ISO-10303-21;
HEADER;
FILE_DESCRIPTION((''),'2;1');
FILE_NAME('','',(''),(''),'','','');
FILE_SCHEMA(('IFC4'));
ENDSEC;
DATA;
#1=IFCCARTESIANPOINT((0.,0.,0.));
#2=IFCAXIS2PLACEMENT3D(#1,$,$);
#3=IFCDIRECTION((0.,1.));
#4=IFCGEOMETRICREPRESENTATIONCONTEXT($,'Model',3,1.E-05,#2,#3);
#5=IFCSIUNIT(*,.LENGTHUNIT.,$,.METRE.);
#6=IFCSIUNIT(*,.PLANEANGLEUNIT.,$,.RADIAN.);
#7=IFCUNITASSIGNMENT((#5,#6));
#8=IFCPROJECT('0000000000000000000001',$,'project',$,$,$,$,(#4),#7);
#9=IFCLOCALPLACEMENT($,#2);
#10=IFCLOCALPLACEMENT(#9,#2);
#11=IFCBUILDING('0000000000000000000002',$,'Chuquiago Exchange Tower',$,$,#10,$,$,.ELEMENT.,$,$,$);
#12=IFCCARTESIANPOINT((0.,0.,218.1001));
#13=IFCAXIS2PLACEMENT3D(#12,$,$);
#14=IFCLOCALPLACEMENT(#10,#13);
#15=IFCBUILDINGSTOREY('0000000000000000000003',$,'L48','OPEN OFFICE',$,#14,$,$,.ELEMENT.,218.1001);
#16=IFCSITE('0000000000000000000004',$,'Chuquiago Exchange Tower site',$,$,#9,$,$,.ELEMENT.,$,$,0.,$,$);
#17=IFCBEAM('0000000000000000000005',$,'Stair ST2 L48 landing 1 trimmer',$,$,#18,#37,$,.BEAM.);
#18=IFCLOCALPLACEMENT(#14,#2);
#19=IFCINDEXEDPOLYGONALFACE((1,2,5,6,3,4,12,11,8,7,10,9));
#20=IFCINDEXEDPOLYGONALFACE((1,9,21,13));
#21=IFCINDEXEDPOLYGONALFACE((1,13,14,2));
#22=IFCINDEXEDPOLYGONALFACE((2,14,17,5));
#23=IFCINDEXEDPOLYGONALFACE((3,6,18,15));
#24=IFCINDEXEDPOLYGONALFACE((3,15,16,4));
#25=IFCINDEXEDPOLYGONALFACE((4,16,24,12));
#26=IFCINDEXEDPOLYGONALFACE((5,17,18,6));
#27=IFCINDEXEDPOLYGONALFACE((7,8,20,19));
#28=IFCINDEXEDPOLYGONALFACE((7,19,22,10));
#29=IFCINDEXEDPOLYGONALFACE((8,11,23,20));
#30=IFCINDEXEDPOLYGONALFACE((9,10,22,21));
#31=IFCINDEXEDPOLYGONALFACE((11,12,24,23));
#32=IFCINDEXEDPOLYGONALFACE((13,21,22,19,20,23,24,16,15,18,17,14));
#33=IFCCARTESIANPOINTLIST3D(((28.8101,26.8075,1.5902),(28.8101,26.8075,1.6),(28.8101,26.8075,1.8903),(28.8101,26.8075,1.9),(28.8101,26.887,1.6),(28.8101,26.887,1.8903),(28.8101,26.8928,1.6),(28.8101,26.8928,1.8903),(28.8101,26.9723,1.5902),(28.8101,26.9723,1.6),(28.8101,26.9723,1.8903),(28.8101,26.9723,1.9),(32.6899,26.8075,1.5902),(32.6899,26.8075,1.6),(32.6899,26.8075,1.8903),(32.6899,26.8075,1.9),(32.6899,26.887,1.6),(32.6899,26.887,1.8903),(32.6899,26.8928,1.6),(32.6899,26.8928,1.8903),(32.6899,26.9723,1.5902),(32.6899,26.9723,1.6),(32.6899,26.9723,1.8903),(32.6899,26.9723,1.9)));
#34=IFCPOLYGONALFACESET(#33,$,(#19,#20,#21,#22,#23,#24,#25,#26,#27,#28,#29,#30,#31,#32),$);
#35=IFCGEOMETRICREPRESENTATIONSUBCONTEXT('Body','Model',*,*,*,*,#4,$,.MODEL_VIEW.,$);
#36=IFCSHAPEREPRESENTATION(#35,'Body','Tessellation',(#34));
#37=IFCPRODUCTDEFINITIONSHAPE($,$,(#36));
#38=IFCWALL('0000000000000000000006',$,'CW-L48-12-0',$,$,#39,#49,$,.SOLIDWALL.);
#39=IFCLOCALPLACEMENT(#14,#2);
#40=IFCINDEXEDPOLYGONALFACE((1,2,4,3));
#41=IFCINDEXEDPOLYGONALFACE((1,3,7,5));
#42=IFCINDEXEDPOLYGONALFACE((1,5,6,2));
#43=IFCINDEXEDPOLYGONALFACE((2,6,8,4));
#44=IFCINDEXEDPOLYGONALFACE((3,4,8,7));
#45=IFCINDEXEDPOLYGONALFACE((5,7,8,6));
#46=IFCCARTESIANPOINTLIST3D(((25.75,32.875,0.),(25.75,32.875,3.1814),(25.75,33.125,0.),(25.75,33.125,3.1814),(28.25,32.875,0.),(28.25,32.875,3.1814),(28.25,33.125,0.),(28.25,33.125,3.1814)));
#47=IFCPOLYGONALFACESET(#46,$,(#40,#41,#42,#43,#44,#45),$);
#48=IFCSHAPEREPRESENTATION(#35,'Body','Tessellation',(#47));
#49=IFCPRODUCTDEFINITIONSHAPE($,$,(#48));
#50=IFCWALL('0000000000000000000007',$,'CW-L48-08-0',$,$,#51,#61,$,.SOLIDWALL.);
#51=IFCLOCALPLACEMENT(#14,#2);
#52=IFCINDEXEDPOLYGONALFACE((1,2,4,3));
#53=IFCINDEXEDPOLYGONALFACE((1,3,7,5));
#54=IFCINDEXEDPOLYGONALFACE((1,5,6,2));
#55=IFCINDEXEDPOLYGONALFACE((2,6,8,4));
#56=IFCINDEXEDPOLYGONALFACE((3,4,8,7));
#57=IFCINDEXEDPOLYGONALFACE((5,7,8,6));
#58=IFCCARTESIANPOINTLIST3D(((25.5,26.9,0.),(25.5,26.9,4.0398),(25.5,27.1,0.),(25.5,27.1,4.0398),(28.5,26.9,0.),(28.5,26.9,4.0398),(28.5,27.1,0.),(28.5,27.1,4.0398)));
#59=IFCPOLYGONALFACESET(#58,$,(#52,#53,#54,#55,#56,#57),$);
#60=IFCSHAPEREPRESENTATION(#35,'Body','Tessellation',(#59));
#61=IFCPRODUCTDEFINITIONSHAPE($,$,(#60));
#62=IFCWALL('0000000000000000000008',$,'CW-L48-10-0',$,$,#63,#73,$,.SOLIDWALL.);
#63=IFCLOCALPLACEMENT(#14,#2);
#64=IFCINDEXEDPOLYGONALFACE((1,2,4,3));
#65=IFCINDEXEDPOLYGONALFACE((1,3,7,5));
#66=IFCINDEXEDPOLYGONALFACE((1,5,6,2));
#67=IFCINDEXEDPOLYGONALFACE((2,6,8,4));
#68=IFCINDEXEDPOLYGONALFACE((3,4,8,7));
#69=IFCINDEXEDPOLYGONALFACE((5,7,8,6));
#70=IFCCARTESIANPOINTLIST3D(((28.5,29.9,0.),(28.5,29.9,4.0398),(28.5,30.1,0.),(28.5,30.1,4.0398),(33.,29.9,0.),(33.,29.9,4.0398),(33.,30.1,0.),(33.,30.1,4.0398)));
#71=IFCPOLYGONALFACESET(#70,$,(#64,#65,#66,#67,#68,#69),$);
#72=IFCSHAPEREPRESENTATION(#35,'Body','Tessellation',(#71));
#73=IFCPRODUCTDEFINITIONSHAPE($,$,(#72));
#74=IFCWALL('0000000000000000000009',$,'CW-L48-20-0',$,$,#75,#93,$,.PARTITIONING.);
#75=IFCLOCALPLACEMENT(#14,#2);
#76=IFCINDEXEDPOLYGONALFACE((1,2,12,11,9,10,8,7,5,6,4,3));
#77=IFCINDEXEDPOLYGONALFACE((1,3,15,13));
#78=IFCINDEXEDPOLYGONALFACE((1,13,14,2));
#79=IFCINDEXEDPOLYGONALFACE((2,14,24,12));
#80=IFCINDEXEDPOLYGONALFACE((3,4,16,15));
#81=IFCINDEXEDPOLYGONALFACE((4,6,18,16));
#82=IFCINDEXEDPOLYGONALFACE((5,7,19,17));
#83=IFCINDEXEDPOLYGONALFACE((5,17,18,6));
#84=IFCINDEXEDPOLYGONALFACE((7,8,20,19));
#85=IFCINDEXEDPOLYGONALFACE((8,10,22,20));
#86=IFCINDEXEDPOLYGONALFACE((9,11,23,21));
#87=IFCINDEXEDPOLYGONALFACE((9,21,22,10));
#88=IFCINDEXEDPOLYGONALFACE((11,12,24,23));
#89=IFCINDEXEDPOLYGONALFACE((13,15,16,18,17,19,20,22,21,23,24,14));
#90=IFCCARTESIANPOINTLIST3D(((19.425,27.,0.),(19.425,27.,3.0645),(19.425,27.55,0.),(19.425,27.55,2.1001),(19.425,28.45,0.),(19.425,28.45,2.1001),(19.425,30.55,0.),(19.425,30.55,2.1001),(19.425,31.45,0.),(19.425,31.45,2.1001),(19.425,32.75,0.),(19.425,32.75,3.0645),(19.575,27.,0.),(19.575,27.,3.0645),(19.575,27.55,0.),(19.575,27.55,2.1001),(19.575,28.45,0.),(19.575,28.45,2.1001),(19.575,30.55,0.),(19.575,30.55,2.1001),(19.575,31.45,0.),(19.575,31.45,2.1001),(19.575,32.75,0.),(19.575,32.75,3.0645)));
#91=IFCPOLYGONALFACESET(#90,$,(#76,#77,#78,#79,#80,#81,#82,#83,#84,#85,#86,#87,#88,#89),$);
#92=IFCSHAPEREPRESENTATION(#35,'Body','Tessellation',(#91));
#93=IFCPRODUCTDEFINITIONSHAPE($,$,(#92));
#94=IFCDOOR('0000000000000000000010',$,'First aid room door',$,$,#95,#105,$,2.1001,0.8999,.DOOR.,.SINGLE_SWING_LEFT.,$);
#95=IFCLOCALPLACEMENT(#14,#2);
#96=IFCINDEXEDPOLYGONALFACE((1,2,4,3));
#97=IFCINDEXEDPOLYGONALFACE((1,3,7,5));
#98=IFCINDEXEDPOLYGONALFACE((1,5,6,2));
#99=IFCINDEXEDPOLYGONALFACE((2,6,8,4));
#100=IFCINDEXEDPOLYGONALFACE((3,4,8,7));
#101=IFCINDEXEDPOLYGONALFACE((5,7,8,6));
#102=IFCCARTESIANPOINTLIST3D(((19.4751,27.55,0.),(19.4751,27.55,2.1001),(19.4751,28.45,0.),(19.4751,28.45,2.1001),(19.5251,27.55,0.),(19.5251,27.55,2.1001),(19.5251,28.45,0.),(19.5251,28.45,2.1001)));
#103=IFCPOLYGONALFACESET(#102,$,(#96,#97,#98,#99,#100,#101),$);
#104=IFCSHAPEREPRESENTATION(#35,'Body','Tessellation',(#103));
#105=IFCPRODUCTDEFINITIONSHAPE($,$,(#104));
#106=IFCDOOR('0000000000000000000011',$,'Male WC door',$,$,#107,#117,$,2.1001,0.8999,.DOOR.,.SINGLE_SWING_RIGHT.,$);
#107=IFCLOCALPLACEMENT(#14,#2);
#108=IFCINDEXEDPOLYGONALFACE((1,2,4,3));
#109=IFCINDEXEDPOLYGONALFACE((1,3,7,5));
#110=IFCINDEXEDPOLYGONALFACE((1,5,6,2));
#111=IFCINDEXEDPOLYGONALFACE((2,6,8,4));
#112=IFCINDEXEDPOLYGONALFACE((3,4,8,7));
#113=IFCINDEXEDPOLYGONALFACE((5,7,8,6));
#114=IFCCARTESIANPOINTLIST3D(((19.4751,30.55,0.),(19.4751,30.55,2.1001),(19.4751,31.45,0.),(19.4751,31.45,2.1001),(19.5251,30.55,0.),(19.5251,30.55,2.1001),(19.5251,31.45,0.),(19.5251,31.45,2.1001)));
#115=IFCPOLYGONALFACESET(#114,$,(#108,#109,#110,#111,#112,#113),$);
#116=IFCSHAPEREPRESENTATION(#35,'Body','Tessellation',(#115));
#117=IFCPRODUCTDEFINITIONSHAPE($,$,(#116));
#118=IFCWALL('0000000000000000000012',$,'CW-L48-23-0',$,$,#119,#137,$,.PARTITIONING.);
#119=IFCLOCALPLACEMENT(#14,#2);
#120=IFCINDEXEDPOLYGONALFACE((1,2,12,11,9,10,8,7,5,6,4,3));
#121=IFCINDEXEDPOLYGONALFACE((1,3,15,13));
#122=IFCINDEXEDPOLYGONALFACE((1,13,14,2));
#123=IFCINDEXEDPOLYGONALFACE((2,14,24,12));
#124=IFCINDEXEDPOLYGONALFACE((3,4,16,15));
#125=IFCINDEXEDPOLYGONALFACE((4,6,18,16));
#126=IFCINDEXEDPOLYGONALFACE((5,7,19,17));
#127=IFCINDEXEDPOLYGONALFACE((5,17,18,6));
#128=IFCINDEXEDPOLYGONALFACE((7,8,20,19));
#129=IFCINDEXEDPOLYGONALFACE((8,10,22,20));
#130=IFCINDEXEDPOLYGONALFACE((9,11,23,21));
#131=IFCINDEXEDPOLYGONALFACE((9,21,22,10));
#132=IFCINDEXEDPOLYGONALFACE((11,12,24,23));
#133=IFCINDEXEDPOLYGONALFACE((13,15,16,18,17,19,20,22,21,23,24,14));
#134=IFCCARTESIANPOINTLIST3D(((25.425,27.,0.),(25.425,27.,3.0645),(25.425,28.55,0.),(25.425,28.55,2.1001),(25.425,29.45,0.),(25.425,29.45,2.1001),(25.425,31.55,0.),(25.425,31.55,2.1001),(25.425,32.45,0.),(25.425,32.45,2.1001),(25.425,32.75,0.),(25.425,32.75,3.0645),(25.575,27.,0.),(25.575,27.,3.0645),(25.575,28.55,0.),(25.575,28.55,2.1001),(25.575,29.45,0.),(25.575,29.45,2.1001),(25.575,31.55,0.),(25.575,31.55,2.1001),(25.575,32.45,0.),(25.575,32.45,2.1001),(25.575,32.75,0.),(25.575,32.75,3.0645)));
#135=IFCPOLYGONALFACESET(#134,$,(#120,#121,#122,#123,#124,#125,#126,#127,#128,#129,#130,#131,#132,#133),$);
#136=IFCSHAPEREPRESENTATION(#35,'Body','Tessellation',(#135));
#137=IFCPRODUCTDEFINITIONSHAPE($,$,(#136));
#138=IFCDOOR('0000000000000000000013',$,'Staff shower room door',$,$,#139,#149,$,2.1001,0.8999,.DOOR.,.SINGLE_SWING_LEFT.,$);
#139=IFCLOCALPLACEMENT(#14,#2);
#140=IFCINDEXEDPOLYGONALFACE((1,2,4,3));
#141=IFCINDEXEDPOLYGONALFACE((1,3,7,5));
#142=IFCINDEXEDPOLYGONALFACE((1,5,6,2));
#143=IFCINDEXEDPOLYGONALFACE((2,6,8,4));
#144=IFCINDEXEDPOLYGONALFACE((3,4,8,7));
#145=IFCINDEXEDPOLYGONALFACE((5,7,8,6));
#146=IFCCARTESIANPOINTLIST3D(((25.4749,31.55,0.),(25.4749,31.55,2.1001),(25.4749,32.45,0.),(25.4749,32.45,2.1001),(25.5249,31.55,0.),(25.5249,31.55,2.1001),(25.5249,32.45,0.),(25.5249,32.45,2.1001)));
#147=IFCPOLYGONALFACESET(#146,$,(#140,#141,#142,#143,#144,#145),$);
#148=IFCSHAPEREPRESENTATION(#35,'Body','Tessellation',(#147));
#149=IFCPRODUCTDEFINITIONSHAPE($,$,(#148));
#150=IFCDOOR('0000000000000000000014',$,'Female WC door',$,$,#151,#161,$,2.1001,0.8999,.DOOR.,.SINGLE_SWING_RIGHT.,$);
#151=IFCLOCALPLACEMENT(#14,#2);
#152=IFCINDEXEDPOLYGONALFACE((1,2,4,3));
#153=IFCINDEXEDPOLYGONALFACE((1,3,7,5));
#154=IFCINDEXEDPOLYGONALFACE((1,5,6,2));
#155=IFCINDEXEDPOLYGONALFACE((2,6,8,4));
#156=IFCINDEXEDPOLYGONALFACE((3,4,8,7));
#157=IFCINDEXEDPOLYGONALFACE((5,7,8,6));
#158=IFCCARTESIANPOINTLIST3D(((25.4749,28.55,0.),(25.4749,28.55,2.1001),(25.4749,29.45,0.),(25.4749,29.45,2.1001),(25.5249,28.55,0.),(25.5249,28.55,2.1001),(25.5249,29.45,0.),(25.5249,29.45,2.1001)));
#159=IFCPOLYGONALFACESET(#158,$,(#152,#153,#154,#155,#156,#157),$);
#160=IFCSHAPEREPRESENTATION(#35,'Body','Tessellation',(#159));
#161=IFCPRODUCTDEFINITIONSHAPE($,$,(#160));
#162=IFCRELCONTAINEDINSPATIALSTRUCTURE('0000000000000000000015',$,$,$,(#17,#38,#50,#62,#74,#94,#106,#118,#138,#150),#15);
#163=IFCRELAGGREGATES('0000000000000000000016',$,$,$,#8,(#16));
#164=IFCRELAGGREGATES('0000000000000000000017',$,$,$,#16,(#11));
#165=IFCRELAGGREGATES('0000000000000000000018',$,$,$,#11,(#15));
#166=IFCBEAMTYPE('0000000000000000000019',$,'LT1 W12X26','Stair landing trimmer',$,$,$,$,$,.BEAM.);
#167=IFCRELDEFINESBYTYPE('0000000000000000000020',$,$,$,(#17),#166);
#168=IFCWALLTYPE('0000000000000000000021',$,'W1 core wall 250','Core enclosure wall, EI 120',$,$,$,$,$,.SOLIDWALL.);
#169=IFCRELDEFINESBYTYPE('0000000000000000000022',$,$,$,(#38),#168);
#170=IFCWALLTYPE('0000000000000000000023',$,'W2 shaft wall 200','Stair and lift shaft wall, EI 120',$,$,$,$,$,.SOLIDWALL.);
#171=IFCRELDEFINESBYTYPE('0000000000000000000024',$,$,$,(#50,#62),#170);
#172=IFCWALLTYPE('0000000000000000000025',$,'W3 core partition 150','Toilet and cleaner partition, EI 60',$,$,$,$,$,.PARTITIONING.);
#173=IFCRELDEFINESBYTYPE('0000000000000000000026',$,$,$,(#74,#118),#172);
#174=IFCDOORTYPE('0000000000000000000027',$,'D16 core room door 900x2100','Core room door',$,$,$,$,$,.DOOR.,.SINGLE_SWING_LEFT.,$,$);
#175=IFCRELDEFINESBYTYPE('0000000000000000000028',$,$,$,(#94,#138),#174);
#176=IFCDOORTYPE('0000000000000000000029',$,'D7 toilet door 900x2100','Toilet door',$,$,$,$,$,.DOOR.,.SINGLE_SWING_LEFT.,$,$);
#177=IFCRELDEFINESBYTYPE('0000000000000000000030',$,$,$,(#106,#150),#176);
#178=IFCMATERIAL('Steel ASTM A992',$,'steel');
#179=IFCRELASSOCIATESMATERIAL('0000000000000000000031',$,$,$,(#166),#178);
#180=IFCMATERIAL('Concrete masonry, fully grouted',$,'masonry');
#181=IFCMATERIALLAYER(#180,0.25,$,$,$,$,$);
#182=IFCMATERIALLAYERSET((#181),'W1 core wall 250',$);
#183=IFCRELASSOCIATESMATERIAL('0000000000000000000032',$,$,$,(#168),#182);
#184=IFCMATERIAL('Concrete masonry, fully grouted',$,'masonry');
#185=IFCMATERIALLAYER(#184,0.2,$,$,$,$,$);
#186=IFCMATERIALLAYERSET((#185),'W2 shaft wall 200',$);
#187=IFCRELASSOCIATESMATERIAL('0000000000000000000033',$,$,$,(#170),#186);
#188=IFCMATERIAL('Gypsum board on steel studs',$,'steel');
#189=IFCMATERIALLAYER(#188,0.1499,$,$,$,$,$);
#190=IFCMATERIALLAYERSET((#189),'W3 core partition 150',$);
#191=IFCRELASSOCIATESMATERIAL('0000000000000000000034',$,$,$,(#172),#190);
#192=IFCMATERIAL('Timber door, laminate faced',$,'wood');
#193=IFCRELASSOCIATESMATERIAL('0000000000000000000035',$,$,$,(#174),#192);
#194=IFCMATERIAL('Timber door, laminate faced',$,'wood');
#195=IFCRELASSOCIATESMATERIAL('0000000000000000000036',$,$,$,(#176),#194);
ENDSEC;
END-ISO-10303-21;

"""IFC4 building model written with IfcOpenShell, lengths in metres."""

from ifc_helpers import new_model, si_unit, direction, frame, frame_2d, origin, origin_2d, place, context, subcontext, project, spatial, rectangle, i_section, extrude, material, layer, layer_set, material_profile, profile_set, type_object, element, fill, save


model = new_model("IFC4")

# Units and contexts
model_context = context("Model", 3, precision=1e-05, world=origin(), true_north=direction((0.0, 1.0)))
body_context = subcontext(model_context, "Body", "Model", "MODEL_VIEW")
ifc_project = project(units=[si_unit("LENGTHUNIT", "METRE"), si_unit("PLANEANGLEUNIT", "RADIAN")], contexts=[model_context])

# Site, building, storey
site_placement = place(None, origin())
site = spatial("IfcSite", under=ifc_project, at=site_placement, Name="Chuquiago Exchange Tower site", CompositionType="ELEMENT", RefElevation=0.0)
building_placement = place(site_placement, origin())
building = spatial("IfcBuilding", under=site, at=building_placement, Name="Chuquiago Exchange Tower", CompositionType="ELEMENT")
storey_placement = place(building_placement, frame((0.0, 0.0, 218.1001)))
storey = spatial("IfcBuildingStorey", under=building, at=storey_placement, Name="L48", Description="OPEN OFFICE", CompositionType="ELEMENT", Elevation=218.1001)

# Beam
ifc_material_1 = material(Name="Steel ASTM A992", Category="steel")
ifc_material_profile_1 = material_profile(ifc_material_1, i_section(OverallWidth=0.1648, OverallDepth=0.3098, WebThickness=0.0059, FlangeThickness=0.0098, at=origin_2d()), Name="W12X26")
ifc_profile_set_1 = profile_set([ifc_material_profile_1], Name="Steel ASTM A992")
beam_type_1 = type_object("IfcBeamType", Name="LT1 W12X26", Description="Stair landing trimmer", PredefinedType="BEAM", material=ifc_profile_set_1)
for number, where, z_axis, x_axis, name in (
    (1, (28.8101, 26.8899, 1.7451), (1.0, 0.0, 0.0), (0.0, 1.0, 0.0), "Stair ST2 L48 landing 1 trimmer"),
):
    element("IfcBeam", number, at=place(storey_placement, frame(where, z_axis=z_axis, x_axis=x_axis)), inside=storey, type_object=beam_type_1, Name=name, PredefinedType="BEAM", context=body_context, shape_type="SweptSolid", body=[
        extrude(i_section(OverallWidth=0.1648, OverallDepth=0.3098, WebThickness=0.0059, FlangeThickness=0.0098, at=origin_2d()), origin(), (0.0, 0.0, 1.0), 3.8799),
    ])

# Walls
ifc_material_2 = material(Name="Concrete masonry, fully grouted", Category="masonry")
ifc_layer_1 = layer(ifc_material_2, 0.25)
ifc_layer_set_1 = layer_set([ifc_layer_1], Name="W1 core wall 250")
wall_type_1 = type_object("IfcWallType", Name="W1 core wall 250", Description="Core enclosure wall, EI 120", PredefinedType="SOLIDWALL", material=ifc_layer_set_1)
wall_1_placement = place(storey_placement, frame((25.75, 33.0, 0.0), z_axis=(0.0, 0.0, 1.0), x_axis=(1.0, 0.0, 0.0)))
element("IfcWall", 2, at=wall_1_placement, inside=storey, type_object=wall_type_1, Name="CW-L48-12-0", PredefinedType="SOLIDWALL", context=body_context, shape_type="SweptSolid", body=[
    extrude(rectangle(XDim=2.5, YDim=0.25, at=frame_2d((1.25, 0.0))), origin(), (0.0, 0.0, 1.0), 3.1814),
])
ifc_material_3 = material(Name="Concrete masonry, fully grouted", Category="masonry")
ifc_layer_2 = layer(ifc_material_3, 0.2)
ifc_layer_set_2 = layer_set([ifc_layer_2], Name="W2 shaft wall 200")
wall_type_2 = type_object("IfcWallType", Name="W2 shaft wall 200", Description="Stair and lift shaft wall, EI 120", PredefinedType="SOLIDWALL", material=ifc_layer_set_2)
wall_2_placement = place(storey_placement, frame((25.5, 27.0, 0.0), z_axis=(0.0, 0.0, 1.0), x_axis=(1.0, 0.0, 0.0)))
element("IfcWall", 3, at=wall_2_placement, inside=storey, type_object=wall_type_2, Name="CW-L48-08-0", PredefinedType="SOLIDWALL", context=body_context, shape_type="SweptSolid", body=[
    extrude(rectangle(XDim=3.0, YDim=0.2, at=frame_2d((1.5, 0.0))), origin(), (0.0, 0.0, 1.0), 4.0398),
])
wall_3_placement = place(storey_placement, frame((28.5, 30.0, 0.0), z_axis=(0.0, 0.0, 1.0), x_axis=(1.0, 0.0, 0.0)))
element("IfcWall", 4, at=wall_3_placement, inside=storey, type_object=wall_type_2, Name="CW-L48-10-0", PredefinedType="SOLIDWALL", context=body_context, shape_type="SweptSolid", body=[
    extrude(rectangle(XDim=4.5, YDim=0.2, at=frame_2d((2.25, 0.0))), origin(), (0.0, 0.0, 1.0), 4.0398),
])

# Walls, openings, doors
ifc_material_4 = material(Name="Gypsum board on steel studs", Category="steel")
ifc_layer_3 = layer(ifc_material_4, 0.1499)
ifc_layer_set_3 = layer_set([ifc_layer_3], Name="W3 core partition 150")
wall_type_3 = type_object("IfcWallType", Name="W3 core partition 150", Description="Toilet and cleaner partition, EI 60", PredefinedType="PARTITIONING", material=ifc_layer_set_3)
wall_4_placement = place(storey_placement, frame((19.5, 27.0, 0.0), z_axis=(0.0, 0.0, 1.0), x_axis=(0.0, 1.0, 0.0)))
wall_4 = element("IfcWall", 5, at=wall_4_placement, inside=storey, type_object=wall_type_3, Name="CW-L48-20-0", PredefinedType="PARTITIONING", context=body_context, shape_type="SweptSolid", body=[
    extrude(rectangle(XDim=5.75, YDim=0.1499, at=frame_2d((2.875, 0.0))), origin(), (0.0, 0.0, 1.0), 3.0645),
])
opening_1_placement = place(wall_4_placement, frame((0.55, 0.0, 0.0)))
opening_1 = element("IfcOpeningElement", 6, at=opening_1_placement, cuts=wall_4, PredefinedType="OPENING", context=body_context, shape_type="SweptSolid", body=[
    extrude(rectangle(XDim=0.8999, YDim=2.1001, at=frame_2d((0.45, 1.05))), frame((0.0, 0.085, 0.0), z_axis=(0.0, -1.0, 0.0), x_axis=(1.0, 0.0, 0.0)), (0.0, 0.0, 1.0), 0.1699),
])
opening_2_placement = place(wall_4_placement, frame((3.55, 0.0, 0.0)))
opening_2 = element("IfcOpeningElement", 7, at=opening_2_placement, cuts=wall_4, PredefinedType="OPENING", context=body_context, shape_type="SweptSolid", body=[
    extrude(rectangle(XDim=0.8999, YDim=2.1001, at=frame_2d((0.45, 1.05))), frame((0.0, 0.085, 0.0), z_axis=(0.0, -1.0, 0.0), x_axis=(1.0, 0.0, 0.0)), (0.0, 0.0, 1.0), 0.1699),
])
ifc_material_5 = material(Name="Timber door, laminate faced", Category="wood")
door_type_1 = type_object("IfcDoorType", Name="D16 core room door 900x2100", Description="Core room door", OperationType="SINGLE_SWING_LEFT", PredefinedType="DOOR", material=ifc_material_5)
door_1_placement = place(opening_1_placement, origin())
door_1 = element("IfcDoor", 8, at=door_1_placement, inside=storey, type_object=door_type_1, Name="First aid room door", OperationType="SINGLE_SWING_LEFT", OverallHeight=2.1001, OverallWidth=0.8999, PredefinedType="DOOR", context=body_context, shape_type="SweptSolid", body=[
    extrude(rectangle(XDim=0.8999, YDim=2.1001, at=frame_2d((0.45, 1.05))), frame((0.0, 0.0249, 0.0), z_axis=(0.0, -1.0, 0.0), x_axis=(1.0, 0.0, 0.0)), (0.0, 0.0, 1.0), 0.05),
])
fill(opening_1, door_1)
ifc_material_6 = material(Name="Timber door, laminate faced", Category="wood")
door_type_2 = type_object("IfcDoorType", Name="D7 toilet door 900x2100", Description="Toilet door", OperationType="SINGLE_SWING_LEFT", PredefinedType="DOOR", material=ifc_material_6)
door_2_placement = place(opening_2_placement, origin())
door_2 = element("IfcDoor", 9, at=door_2_placement, inside=storey, type_object=door_type_2, Name="Male WC door", OperationType="SINGLE_SWING_RIGHT", OverallHeight=2.1001, OverallWidth=0.8999, PredefinedType="DOOR", context=body_context, shape_type="SweptSolid", body=[
    extrude(rectangle(XDim=0.8999, YDim=2.1001, at=frame_2d((0.45, 1.05))), frame((0.0, 0.0249, 0.0), z_axis=(0.0, -1.0, 0.0), x_axis=(1.0, 0.0, 0.0)), (0.0, 0.0, 1.0), 0.05),
])
fill(opening_2, door_2)
wall_5_placement = place(storey_placement, frame((25.5, 27.0, 0.0), z_axis=(0.0, 0.0, 1.0), x_axis=(0.0, 1.0, 0.0)))
wall_5 = element("IfcWall", 10, at=wall_5_placement, inside=storey, type_object=wall_type_3, Name="CW-L48-23-0", PredefinedType="PARTITIONING", context=body_context, shape_type="SweptSolid", body=[
    extrude(rectangle(XDim=5.75, YDim=0.1499, at=frame_2d((2.875, 0.0))), origin(), (0.0, 0.0, 1.0), 3.0645),
])
opening_3_placement = place(wall_5_placement, frame((1.55, 0.0, 0.0)))
opening_3 = element("IfcOpeningElement", 11, at=opening_3_placement, cuts=wall_5, PredefinedType="OPENING", context=body_context, shape_type="SweptSolid", body=[
    extrude(rectangle(XDim=0.8999, YDim=2.1001, at=frame_2d((0.45, 1.05))), frame((0.0, 0.085, 0.0), z_axis=(0.0, -1.0, 0.0), x_axis=(1.0, 0.0, 0.0)), (0.0, 0.0, 1.0), 0.1699),
])
opening_4_placement = place(wall_5_placement, frame((4.55, 0.0, 0.0)))
opening_4 = element("IfcOpeningElement", 12, at=opening_4_placement, cuts=wall_5, PredefinedType="OPENING", context=body_context, shape_type="SweptSolid", body=[
    extrude(rectangle(XDim=0.8999, YDim=2.1001, at=frame_2d((0.45, 1.05))), frame((0.0, 0.085, 0.0), z_axis=(0.0, -1.0, 0.0), x_axis=(1.0, 0.0, 0.0)), (0.0, 0.0, 1.0), 0.1699),
])
door_3_placement = place(opening_4_placement, frame((0.8999, 0.0, 0.0), z_axis=(0.0, 0.0, 1.0), x_axis=(-1.0, 0.0, 0.0)))
door_3 = element("IfcDoor", 13, at=door_3_placement, inside=storey, type_object=door_type_1, Name="Staff shower room door", OperationType="SINGLE_SWING_LEFT", OverallHeight=2.1001, OverallWidth=0.8999, PredefinedType="DOOR", context=body_context, shape_type="SweptSolid", body=[
    extrude(rectangle(XDim=0.8999, YDim=2.1001, at=frame_2d((0.45, 1.05))), frame((0.0, 0.0249, 0.0), z_axis=(0.0, -1.0, 0.0), x_axis=(1.0, 0.0, 0.0)), (0.0, 0.0, 1.0), 0.05),
])
fill(opening_4, door_3)
door_4_placement = place(opening_3_placement, frame((0.8999, 0.0, 0.0), z_axis=(0.0, 0.0, 1.0), x_axis=(-1.0, 0.0, 0.0)))
door_4 = element("IfcDoor", 14, at=door_4_placement, inside=storey, type_object=door_type_2, Name="Female WC door", OperationType="SINGLE_SWING_RIGHT", OverallHeight=2.1001, OverallWidth=0.8999, PredefinedType="DOOR", context=body_context, shape_type="SweptSolid", body=[
    extrude(rectangle(XDim=0.8999, YDim=2.1001, at=frame_2d((0.45, 1.05))), frame((0.0, 0.0249, 0.0), z_axis=(0.0, -1.0, 0.0), x_axis=(1.0, 0.0, 0.0)), (0.0, 0.0, 1.0), 0.05),
])
fill(opening_3, door_4)

save(model, "model.ifc")
